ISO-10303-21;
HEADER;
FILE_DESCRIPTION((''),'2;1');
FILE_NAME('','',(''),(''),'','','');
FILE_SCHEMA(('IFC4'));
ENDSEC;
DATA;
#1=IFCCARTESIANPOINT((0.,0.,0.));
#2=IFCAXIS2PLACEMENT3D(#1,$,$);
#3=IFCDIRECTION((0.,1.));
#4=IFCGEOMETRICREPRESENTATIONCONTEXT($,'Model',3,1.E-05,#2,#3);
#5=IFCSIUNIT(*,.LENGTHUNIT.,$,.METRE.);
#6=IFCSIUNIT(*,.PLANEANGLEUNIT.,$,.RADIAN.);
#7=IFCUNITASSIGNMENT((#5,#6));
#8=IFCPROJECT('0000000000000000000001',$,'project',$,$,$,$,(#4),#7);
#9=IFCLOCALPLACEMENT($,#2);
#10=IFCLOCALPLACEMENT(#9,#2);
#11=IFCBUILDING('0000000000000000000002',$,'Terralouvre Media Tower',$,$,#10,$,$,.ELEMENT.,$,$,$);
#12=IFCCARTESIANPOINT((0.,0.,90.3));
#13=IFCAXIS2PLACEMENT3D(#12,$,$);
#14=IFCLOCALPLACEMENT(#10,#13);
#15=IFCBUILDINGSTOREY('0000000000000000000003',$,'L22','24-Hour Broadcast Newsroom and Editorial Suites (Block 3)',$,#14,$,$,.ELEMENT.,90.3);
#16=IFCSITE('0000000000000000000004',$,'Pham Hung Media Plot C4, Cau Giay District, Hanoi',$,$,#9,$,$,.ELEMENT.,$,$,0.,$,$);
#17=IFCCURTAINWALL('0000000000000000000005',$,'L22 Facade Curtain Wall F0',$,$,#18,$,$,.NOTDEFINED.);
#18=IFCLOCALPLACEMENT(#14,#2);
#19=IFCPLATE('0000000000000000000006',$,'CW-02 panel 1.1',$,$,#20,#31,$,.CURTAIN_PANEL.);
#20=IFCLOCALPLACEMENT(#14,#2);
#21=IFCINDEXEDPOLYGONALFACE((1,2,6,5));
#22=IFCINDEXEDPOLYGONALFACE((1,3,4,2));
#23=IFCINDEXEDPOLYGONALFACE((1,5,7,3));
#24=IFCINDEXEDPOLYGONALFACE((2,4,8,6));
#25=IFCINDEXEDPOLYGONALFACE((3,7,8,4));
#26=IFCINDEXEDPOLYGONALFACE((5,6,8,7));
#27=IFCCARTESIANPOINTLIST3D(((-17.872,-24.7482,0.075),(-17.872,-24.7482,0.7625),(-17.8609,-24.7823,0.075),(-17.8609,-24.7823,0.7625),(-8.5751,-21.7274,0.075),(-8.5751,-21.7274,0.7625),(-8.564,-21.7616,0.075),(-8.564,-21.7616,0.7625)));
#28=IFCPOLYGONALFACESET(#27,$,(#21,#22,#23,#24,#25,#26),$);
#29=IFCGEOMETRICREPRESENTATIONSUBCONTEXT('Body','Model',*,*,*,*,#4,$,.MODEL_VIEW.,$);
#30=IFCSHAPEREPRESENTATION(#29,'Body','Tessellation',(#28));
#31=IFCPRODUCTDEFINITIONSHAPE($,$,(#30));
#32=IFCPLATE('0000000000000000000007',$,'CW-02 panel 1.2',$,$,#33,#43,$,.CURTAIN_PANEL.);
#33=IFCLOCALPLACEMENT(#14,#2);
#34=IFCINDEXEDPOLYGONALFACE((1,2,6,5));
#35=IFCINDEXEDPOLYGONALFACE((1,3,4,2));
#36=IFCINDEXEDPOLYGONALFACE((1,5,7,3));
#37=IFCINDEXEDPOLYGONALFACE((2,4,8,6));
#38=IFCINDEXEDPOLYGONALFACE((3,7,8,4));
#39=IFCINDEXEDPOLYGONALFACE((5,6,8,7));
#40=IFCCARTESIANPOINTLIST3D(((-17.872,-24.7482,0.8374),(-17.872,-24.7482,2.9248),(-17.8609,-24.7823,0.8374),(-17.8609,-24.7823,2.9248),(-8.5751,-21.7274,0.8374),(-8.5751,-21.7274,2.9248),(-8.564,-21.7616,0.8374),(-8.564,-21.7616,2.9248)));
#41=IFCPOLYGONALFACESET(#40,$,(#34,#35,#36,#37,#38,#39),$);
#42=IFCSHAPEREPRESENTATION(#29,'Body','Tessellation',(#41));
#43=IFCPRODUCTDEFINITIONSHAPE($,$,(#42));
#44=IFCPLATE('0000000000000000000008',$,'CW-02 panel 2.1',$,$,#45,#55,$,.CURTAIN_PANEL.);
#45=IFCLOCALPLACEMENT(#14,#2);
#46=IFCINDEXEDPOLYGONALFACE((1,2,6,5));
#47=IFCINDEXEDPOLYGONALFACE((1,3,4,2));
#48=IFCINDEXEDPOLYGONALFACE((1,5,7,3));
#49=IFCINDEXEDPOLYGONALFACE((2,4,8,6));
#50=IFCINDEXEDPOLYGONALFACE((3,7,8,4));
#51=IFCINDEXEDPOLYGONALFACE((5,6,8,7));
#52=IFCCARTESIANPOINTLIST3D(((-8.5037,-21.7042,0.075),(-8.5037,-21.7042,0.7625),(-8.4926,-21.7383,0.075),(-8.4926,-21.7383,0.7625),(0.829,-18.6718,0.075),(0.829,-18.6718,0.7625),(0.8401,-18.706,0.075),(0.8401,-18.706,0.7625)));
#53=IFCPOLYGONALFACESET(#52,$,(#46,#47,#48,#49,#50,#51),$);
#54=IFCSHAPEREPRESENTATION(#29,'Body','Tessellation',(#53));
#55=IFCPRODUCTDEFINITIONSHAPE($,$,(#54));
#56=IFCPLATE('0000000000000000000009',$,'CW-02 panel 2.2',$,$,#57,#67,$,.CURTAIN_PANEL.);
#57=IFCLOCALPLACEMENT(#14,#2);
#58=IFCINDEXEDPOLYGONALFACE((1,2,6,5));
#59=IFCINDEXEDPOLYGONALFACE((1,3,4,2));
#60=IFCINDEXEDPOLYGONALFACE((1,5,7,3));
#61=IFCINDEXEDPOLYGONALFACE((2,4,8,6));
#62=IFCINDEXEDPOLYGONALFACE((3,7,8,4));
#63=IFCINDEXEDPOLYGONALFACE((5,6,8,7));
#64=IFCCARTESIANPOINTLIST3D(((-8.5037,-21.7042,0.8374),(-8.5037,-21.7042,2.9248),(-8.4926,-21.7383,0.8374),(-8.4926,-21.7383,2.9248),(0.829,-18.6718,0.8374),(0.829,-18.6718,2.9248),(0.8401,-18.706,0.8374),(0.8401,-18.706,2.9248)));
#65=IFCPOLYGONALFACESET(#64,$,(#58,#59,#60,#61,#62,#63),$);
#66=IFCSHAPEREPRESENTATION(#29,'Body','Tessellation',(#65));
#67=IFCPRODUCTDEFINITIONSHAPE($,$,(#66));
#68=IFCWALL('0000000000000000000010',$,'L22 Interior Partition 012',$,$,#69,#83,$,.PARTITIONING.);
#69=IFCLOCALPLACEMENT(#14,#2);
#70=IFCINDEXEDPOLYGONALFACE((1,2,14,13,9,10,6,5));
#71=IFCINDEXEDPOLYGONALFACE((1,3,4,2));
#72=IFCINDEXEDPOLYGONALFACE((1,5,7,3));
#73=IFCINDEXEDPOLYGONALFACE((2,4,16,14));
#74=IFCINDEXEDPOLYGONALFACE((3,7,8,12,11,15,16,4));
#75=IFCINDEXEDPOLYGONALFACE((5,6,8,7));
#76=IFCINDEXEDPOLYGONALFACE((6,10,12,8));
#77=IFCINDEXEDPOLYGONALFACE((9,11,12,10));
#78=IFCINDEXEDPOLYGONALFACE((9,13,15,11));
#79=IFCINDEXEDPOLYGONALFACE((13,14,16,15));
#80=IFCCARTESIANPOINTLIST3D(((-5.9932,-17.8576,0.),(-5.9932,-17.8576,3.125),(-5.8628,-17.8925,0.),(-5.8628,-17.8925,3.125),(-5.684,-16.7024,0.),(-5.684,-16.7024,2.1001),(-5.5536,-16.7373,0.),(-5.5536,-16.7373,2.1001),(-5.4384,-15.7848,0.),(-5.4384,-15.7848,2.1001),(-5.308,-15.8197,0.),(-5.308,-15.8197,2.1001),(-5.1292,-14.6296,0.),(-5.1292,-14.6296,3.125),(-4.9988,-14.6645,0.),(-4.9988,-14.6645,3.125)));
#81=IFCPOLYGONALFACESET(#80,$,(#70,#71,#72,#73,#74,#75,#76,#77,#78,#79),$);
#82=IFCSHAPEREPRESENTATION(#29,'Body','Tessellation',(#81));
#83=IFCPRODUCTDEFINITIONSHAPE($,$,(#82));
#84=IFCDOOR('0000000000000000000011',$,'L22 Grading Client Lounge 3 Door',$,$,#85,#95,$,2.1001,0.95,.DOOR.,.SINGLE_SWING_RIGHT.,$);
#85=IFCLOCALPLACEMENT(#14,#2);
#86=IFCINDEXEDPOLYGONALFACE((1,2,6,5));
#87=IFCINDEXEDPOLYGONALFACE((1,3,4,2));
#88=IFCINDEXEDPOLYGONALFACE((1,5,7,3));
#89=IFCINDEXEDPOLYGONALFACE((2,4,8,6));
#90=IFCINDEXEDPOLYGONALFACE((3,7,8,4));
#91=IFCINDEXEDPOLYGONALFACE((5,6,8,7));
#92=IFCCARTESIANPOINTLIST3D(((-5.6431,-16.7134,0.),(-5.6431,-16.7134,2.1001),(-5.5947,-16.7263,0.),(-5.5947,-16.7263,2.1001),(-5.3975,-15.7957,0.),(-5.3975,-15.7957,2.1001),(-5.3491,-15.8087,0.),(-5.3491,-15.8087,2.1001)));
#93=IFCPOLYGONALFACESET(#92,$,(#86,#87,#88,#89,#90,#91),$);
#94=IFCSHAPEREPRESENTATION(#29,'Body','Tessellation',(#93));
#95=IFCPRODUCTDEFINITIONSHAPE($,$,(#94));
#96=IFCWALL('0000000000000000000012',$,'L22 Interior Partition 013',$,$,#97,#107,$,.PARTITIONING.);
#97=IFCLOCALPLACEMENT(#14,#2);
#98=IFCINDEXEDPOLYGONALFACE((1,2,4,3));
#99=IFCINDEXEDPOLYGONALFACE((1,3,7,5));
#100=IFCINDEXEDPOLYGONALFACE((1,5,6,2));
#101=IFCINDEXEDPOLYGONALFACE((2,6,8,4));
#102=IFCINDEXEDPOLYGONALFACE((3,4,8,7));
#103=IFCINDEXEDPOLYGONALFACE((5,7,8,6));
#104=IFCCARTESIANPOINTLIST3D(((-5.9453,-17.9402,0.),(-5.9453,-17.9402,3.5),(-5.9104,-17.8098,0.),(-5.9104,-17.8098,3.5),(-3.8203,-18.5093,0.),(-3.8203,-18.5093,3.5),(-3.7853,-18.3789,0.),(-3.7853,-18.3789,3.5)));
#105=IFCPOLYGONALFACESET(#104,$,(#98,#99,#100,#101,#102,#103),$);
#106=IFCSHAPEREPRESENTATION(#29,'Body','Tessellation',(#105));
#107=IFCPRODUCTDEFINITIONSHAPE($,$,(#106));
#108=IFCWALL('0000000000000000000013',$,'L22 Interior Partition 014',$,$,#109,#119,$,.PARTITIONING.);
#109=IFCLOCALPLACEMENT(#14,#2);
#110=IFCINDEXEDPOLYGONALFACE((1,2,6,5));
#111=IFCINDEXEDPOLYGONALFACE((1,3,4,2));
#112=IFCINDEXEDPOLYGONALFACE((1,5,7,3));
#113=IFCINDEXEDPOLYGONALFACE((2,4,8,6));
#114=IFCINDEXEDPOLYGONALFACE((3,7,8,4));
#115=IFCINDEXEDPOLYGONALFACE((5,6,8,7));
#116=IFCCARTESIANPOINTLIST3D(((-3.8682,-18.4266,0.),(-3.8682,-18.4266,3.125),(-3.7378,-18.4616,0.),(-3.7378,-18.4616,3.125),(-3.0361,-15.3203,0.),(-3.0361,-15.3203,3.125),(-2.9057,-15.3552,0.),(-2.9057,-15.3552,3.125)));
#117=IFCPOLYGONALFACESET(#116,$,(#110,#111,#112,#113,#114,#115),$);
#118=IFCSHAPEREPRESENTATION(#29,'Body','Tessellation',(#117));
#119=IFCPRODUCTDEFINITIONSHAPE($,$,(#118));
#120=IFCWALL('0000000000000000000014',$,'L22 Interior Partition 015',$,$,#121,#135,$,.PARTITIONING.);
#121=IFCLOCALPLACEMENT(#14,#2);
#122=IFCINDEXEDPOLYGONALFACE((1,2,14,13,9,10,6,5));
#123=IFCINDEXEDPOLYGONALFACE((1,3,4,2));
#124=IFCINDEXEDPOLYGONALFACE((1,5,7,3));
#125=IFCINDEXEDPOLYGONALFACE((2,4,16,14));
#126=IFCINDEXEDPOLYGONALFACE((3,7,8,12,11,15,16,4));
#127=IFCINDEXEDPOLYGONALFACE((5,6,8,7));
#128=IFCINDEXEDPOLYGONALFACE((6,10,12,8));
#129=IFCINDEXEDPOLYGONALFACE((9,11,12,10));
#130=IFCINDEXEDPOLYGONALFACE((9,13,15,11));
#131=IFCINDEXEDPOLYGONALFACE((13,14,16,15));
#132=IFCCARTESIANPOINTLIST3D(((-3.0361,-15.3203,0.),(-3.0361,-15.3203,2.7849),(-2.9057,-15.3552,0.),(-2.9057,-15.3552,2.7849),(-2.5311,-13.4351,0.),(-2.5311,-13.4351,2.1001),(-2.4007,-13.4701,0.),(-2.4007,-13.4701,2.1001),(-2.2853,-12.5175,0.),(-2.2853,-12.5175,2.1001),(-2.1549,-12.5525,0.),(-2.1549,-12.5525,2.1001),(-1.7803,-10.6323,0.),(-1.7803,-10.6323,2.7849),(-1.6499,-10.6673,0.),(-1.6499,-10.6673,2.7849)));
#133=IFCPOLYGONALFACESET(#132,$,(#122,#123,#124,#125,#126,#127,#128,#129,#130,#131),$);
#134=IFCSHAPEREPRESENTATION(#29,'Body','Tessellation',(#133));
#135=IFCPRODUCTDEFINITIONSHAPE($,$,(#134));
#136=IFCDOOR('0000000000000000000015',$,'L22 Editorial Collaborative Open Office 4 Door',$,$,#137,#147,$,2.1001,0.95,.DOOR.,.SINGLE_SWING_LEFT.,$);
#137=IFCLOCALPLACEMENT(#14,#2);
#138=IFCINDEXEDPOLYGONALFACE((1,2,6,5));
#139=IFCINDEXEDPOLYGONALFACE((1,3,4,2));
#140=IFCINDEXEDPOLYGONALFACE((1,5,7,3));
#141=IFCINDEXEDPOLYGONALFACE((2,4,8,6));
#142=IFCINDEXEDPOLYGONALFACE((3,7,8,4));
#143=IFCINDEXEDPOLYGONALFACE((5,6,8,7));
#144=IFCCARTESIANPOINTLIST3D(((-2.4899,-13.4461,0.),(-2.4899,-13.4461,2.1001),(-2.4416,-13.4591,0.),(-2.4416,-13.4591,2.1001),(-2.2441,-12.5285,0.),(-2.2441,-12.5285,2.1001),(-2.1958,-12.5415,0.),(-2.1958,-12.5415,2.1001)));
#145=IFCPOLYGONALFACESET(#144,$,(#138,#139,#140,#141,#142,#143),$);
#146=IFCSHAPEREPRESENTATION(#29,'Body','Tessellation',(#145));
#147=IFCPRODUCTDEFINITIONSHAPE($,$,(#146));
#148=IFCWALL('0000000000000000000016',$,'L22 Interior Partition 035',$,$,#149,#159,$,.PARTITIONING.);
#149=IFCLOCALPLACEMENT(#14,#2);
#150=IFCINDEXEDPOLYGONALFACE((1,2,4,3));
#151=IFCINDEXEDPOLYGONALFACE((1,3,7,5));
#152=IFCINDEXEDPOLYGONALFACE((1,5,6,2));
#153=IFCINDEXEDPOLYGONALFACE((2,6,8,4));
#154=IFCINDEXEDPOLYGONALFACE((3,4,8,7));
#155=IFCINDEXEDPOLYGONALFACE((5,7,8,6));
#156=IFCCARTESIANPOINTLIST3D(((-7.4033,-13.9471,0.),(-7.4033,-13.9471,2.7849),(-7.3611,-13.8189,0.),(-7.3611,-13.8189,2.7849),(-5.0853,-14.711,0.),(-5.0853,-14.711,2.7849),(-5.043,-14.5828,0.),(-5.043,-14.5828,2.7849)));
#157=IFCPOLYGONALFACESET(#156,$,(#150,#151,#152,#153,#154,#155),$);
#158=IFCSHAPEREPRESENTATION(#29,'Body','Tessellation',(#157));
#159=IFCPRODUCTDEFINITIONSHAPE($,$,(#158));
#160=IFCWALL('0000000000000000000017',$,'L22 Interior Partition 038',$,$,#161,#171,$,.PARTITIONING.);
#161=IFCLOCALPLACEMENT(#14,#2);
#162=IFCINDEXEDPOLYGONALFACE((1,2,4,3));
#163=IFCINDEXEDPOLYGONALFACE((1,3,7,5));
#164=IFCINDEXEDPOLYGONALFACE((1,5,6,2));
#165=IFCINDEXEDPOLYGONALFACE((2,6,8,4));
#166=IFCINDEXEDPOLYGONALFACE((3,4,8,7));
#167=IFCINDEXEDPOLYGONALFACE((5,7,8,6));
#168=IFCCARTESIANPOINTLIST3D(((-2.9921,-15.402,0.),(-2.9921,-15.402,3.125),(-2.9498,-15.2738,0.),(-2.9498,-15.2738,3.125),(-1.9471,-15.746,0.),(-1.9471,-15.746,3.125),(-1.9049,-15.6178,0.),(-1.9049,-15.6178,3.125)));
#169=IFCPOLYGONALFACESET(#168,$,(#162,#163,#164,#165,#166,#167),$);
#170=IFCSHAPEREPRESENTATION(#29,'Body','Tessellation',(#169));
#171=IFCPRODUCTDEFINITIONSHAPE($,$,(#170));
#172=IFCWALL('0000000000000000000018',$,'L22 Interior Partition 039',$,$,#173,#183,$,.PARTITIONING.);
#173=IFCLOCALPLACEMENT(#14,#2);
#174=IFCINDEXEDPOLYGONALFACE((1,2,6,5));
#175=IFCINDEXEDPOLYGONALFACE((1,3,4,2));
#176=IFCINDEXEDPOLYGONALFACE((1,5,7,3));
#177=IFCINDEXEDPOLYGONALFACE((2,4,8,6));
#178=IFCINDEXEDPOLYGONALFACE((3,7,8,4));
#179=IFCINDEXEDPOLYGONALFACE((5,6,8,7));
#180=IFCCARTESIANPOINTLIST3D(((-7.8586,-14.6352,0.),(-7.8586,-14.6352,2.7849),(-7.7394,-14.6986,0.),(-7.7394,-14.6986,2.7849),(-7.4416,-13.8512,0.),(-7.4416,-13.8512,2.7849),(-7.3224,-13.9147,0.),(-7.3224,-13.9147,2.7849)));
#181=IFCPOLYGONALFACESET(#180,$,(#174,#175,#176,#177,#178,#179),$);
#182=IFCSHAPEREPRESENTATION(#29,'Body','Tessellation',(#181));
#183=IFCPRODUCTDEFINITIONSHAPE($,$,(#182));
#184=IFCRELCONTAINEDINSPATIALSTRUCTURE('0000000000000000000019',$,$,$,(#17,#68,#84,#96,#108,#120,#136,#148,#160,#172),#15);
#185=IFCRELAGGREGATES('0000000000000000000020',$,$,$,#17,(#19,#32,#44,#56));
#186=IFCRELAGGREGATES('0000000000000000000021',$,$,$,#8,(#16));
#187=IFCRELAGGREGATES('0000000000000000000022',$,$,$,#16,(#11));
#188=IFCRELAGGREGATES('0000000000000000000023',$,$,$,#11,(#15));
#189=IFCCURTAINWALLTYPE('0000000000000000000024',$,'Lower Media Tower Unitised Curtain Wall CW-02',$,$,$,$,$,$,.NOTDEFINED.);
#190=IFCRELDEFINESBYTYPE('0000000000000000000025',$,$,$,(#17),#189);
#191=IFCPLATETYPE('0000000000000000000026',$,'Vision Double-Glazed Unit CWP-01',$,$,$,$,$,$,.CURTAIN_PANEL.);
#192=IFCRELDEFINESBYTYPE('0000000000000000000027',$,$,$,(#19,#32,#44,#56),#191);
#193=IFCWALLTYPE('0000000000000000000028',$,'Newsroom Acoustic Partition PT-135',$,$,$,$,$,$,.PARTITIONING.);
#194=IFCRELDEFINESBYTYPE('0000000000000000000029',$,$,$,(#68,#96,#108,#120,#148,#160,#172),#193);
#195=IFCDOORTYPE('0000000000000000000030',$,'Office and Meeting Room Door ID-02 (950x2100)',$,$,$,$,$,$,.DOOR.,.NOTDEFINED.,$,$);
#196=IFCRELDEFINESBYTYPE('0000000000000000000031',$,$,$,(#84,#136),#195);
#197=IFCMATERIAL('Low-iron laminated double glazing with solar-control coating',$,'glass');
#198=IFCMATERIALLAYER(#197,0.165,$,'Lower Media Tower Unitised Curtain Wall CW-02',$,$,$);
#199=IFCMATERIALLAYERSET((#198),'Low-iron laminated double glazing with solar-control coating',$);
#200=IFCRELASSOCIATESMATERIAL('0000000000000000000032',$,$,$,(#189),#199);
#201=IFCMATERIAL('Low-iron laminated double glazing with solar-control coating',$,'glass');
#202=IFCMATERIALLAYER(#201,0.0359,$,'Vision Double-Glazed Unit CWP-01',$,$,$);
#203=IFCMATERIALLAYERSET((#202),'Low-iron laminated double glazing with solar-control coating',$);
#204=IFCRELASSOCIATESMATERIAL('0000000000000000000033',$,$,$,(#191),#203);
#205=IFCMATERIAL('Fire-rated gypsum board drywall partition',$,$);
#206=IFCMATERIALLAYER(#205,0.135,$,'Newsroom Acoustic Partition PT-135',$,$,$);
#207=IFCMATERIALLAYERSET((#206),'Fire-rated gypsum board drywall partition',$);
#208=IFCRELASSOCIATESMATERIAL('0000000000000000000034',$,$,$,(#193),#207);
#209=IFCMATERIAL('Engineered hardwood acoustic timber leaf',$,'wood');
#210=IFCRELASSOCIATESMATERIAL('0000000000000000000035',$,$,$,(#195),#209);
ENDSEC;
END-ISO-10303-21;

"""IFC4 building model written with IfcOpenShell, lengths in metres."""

from ifc_helpers import new_model, si_unit, direction, frame, frame_2d, origin, origin_2d, place, context, subcontext, project, spatial, rectangle, extrude, material, layer, layer_set, type_object, element, fill, aggregate, save


model = new_model("IFC4")

# Units and contexts
model_context = context("Model", 3, precision=1e-05, world=origin(), true_north=direction((0.0, 1.0)))
body_context = subcontext(model_context, "Body", "Model", "MODEL_VIEW")
ifc_project = project(units=[si_unit("LENGTHUNIT", "METRE"), si_unit("PLANEANGLEUNIT", "RADIAN")], contexts=[model_context])

# Site, building, storey
site_placement = place(None, origin())
site = spatial("IfcSite", under=ifc_project, at=site_placement, Name="Pham Hung Media Plot C4, Cau Giay District, Hanoi", CompositionType="ELEMENT", RefElevation=0.0)
building_placement = place(site_placement, origin())
building = spatial("IfcBuilding", under=site, at=building_placement, Name="Terralouvre Media Tower", CompositionType="ELEMENT")
storey_placement = place(building_placement, frame((0.0, 0.0, 90.3)))
storey = spatial("IfcBuildingStorey", under=building, at=storey_placement, Name="L22", Description="24-Hour Broadcast Newsroom and Editorial Suites (Block 3)", CompositionType="ELEMENT", Elevation=90.3)

# Curtain wall
ifc_material_1 = material(Name="Low-iron laminated double glazing with solar-control coating", Category="glass")
ifc_layer_1 = layer(ifc_material_1, 0.165, Name="Lower Media Tower Unitised Curtain Wall CW-02")
ifc_layer_set_1 = layer_set([ifc_layer_1], Name="Low-iron laminated double glazing with solar-control coating")
curtain_wall_type = type_object("IfcCurtainWallType", Name="Lower Media Tower Unitised Curtain Wall CW-02", PredefinedType="NOTDEFINED", material=ifc_layer_set_1)
curtain_wall_placement = place(storey_placement, origin())
curtain_wall = element("IfcCurtainWall", 1, at=curtain_wall_placement, inside=storey, type_object=curtain_wall_type, Name="L22 Facade Curtain Wall F0", PredefinedType="NOTDEFINED")

# Plates
ifc_material_2 = material(Name="Low-iron laminated double glazing with solar-control coating", Category="glass")
ifc_layer_2 = layer(ifc_material_2, 0.0359, Name="Vision Double-Glazed Unit CWP-01")
ifc_layer_set_2 = layer_set([ifc_layer_2], Name="Low-iron laminated double glazing with solar-control coating")
plate_type = type_object("IfcPlateType", Name="Vision Double-Glazed Unit CWP-01", PredefinedType="CURTAIN_PANEL", material=ifc_layer_set_2)
plate_1_placement = place(storey_placement, frame((-13.218, -23.2549, 0.075), z_axis=(0.0, 0.0, 1.0), x_axis=(0.951057, 0.309017, 0.0)))
plate_1 = element("IfcPlate", 2, at=plate_1_placement, type_object=plate_type, Name="CW-02 panel 1.1", PredefinedType="CURTAIN_PANEL", context=body_context, shape_type="SweptSolid", body=[
    extrude(rectangle(XDim=9.7754, YDim=0.0359, at=origin_2d()), origin(), (0.0, 0.0, 1.0), 0.6875),
])
plate_2_placement = place(storey_placement, frame((-13.218, -23.2549, 0.8374), z_axis=(0.0, 0.0, 1.0), x_axis=(0.951057, 0.309017, 0.0)))
plate_2 = element("IfcPlate", 3, at=plate_2_placement, type_object=plate_type, Name="CW-02 panel 1.2", PredefinedType="CURTAIN_PANEL", context=body_context, shape_type="SweptSolid", body=[
    extrude(rectangle(XDim=9.7754, YDim=0.0359, at=origin_2d()), origin(), (0.0, 0.0, 1.0), 2.0874),
])
plate_3_placement = place(storey_placement, frame((-3.8318, -20.2051, 0.075), z_axis=(0.0, 0.0, 1.0), x_axis=(0.951057, 0.309017, 0.0)))
plate_3 = element("IfcPlate", 4, at=plate_3_placement, type_object=plate_type, Name="CW-02 panel 2.1", PredefinedType="CURTAIN_PANEL", context=body_context, shape_type="SweptSolid", body=[
    extrude(rectangle(XDim=9.813, YDim=0.0359, at=origin_2d()), origin(), (0.0, 0.0, 1.0), 0.6875),
])
plate_4_placement = place(storey_placement, frame((-3.8318, -20.2051, 0.8374), z_axis=(0.0, 0.0, 1.0), x_axis=(0.951057, 0.309017, 0.0)))
plate_4 = element("IfcPlate", 5, at=plate_4_placement, type_object=plate_type, Name="CW-02 panel 2.2", PredefinedType="CURTAIN_PANEL", context=body_context, shape_type="SweptSolid", body=[
    extrude(rectangle(XDim=9.813, YDim=0.0359, at=origin_2d()), origin(), (0.0, 0.0, 1.0), 2.0874),
])
aggregate(curtain_wall, [plate_1, plate_2, plate_3, plate_4])

# Wall, opening, door
ifc_material_3 = material(Name="Fire-rated gypsum board drywall partition")
ifc_layer_3 = layer(ifc_material_3, 0.135, Name="Newsroom Acoustic Partition PT-135")
ifc_layer_set_3 = layer_set([ifc_layer_3], Name="Fire-rated gypsum board drywall partition")
wall_type = type_object("IfcWallType", Name="Newsroom Acoustic Partition PT-135", PredefinedType="PARTITIONING", material=ifc_layer_set_3)
wall_1_placement = place(storey_placement, frame((-5.064, -14.647, 0.0), z_axis=(0.0, 0.0, 1.0), x_axis=(-0.258558, -0.965996, 0.0)))
wall_1 = element("IfcWall", 6, at=wall_1_placement, inside=storey, type_object=wall_type, Name="L22 Interior Partition 012", PredefinedType="PARTITIONING", context=body_context, shape_type="SweptSolid", body=[
    extrude(rectangle(XDim=3.3416, YDim=0.135, at=frame_2d((1.6709, 0.0))), origin(), (0.0, 0.0, 1.0), 3.125),
])
opening_1_placement = place(wall_1_placement, frame((1.1958, 0.0, 0.0)))
opening_1 = element("IfcOpeningElement", 7, at=opening_1_placement, cuts=wall_1, PredefinedType="OPENING", context=body_context, shape_type="SweptSolid", body=[
    extrude(rectangle(XDim=0.95, YDim=2.1001, at=frame_2d((0.4751, 1.05))), frame((0.0, 0.0774, 0.0), z_axis=(0.0, -1.0, 0.0), x_axis=(1.0, 0.0, 0.0)), (0.0, 0.0, 1.0), 0.155),
])
ifc_material_4 = material(Name="Engineered hardwood acoustic timber leaf", Category="wood")
door_type_1 = type_object("IfcDoorType", Name="Office and Meeting Room Door ID-02 (950x2100)", OperationType="NOTDEFINED", PredefinedType="DOOR", material=ifc_material_4)
door_1_placement = place(opening_1_placement, origin())
door_1 = element("IfcDoor", 8, at=door_1_placement, inside=storey, type_object=door_type_1, Name="L22 Grading Client Lounge 3 Door", OperationType="SINGLE_SWING_RIGHT", OverallHeight=2.1001, OverallWidth=0.95, PredefinedType="DOOR", context=body_context, shape_type="SweptSolid", body=[
    extrude(rectangle(XDim=0.95, YDim=2.1001, at=frame_2d((0.4751, 1.05))), frame((0.0, 0.0249, 0.0), z_axis=(0.0, -1.0, 0.0), x_axis=(1.0, 0.0, 0.0)), (0.0, 0.0, 1.0), 0.05),
])
fill(opening_1, door_1)

# Walls
wall_2_placement = place(storey_placement, frame((-5.928, -17.875, 0.0), z_axis=(0.0, 0.0, 1.0), x_axis=(0.96596, -0.258692, 0.0)))
element("IfcWall", 9, at=wall_2_placement, inside=storey, type_object=wall_type, Name="L22 Interior Partition 013", PredefinedType="PARTITIONING", context=body_context, shape_type="SweptSolid", body=[
    extrude(rectangle(XDim=2.2, YDim=0.135, at=frame_2d((1.1001, 0.0))), origin(), (0.0, 0.0, 1.0), 3.5),
])
wall_3_placement = place(storey_placement, frame((-3.803, -18.4441, 0.0), z_axis=(0.0, 0.0, 1.0), x_axis=(0.25874, 0.965947, 0.0)))
element("IfcWall", 10, at=wall_3_placement, inside=storey, type_object=wall_type, Name="L22 Interior Partition 014", PredefinedType="PARTITIONING", context=body_context, shape_type="SweptSolid", body=[
    extrude(rectangle(XDim=3.2158, YDim=0.135, at=frame_2d((1.6079, 0.0))), origin(), (0.0, 0.0, 1.0), 3.125),
])

# Wall, opening, door
wall_4_placement = place(storey_placement, frame((-2.9709, -15.3379, 0.0), z_axis=(0.0, 0.0, 1.0), x_axis=(0.258765, 0.96594, 0.0)))
wall_4 = element("IfcWall", 11, at=wall_4_placement, inside=storey, type_object=wall_type, Name="L22 Interior Partition 015", PredefinedType="PARTITIONING", context=body_context, shape_type="SweptSolid", body=[
    extrude(rectangle(XDim=4.8533, YDim=0.135, at=frame_2d((2.4268, 0.0))), origin(), (0.0, 0.0, 1.0), 2.7849),
])
opening_2_placement = place(wall_4_placement, frame((1.9517, 0.0, 0.0)))
opening_2 = element("IfcOpeningElement", 12, at=opening_2_placement, cuts=wall_4, PredefinedType="OPENING", context=body_context, shape_type="SweptSolid", body=[
    extrude(rectangle(XDim=0.95, YDim=2.1001, at=frame_2d((0.4751, 1.05))), frame((0.0, 0.0774, 0.0), z_axis=(0.0, -1.0, 0.0), x_axis=(1.0, 0.0, 0.0)), (0.0, 0.0, 1.0), 0.155),
])
door_2_placement = place(opening_2_placement, origin())
door_2 = element("IfcDoor", 13, at=door_2_placement, inside=storey, type_object=door_type_1, Name="L22 Editorial Collaborative Open Office 4 Door", OperationType="SINGLE_SWING_LEFT", OverallHeight=2.1001, OverallWidth=0.95, PredefinedType="DOOR", context=body_context, shape_type="SweptSolid", body=[
    extrude(rectangle(XDim=0.95, YDim=2.1001, at=frame_2d((0.4751, 1.05))), frame((0.0, 0.0249, 0.0), z_axis=(0.0, -1.0, 0.0), x_axis=(1.0, 0.0, 0.0)), (0.0, 0.0, 1.0), 0.05),
])
fill(opening_2, door_2)

# Walls
wall_5_placement = place(storey_placement, frame((-7.3821, -13.8831, 0.0), z_axis=(0.0, 0.0, 1.0), x_axis=(0.949758, -0.312985, 0.0)))
element("IfcWall", 14, at=wall_5_placement, inside=storey, type_object=wall_type, Name="L22 Interior Partition 035", PredefinedType="PARTITIONING", context=body_context, shape_type="SweptSolid", body=[
    extrude(rectangle(XDim=2.4407, YDim=0.135, at=frame_2d((1.2202, 0.0))), origin(), (0.0, 0.0, 1.0), 2.7849),
])
wall_6_placement = place(storey_placement, frame((-1.926, -15.6819, 0.0), z_axis=(0.0, 0.0, 1.0), x_axis=(-0.949853, 0.312697, 0.0)))
element("IfcWall", 15, at=wall_6_placement, inside=storey, type_object=wall_type, Name="L22 Interior Partition 038", PredefinedType="PARTITIONING", context=body_context, shape_type="SweptSolid", body=[
    extrude(rectangle(XDim=1.1001, YDim=0.135, at=frame_2d((0.55, 0.0))), origin(), (0.0, 0.0, 1.0), 3.125),
])
wall_7_placement = place(storey_placement, frame((-7.3821, -13.8831, 0.0), z_axis=(0.0, 0.0, 1.0), x_axis=(-0.469618, -0.88287, 0.0)))
element("IfcWall", 16, at=wall_7_placement, inside=storey, type_object=wall_type, Name="L22 Interior Partition 039", PredefinedType="PARTITIONING", context=body_context, shape_type="SweptSolid", body=[
    extrude(rectangle(XDim=0.8879, YDim=0.135, at=frame_2d((0.4438, 0.0))), origin(), (0.0, 0.0, 1.0), 2.7849),
])

save(model, "model.ifc")
